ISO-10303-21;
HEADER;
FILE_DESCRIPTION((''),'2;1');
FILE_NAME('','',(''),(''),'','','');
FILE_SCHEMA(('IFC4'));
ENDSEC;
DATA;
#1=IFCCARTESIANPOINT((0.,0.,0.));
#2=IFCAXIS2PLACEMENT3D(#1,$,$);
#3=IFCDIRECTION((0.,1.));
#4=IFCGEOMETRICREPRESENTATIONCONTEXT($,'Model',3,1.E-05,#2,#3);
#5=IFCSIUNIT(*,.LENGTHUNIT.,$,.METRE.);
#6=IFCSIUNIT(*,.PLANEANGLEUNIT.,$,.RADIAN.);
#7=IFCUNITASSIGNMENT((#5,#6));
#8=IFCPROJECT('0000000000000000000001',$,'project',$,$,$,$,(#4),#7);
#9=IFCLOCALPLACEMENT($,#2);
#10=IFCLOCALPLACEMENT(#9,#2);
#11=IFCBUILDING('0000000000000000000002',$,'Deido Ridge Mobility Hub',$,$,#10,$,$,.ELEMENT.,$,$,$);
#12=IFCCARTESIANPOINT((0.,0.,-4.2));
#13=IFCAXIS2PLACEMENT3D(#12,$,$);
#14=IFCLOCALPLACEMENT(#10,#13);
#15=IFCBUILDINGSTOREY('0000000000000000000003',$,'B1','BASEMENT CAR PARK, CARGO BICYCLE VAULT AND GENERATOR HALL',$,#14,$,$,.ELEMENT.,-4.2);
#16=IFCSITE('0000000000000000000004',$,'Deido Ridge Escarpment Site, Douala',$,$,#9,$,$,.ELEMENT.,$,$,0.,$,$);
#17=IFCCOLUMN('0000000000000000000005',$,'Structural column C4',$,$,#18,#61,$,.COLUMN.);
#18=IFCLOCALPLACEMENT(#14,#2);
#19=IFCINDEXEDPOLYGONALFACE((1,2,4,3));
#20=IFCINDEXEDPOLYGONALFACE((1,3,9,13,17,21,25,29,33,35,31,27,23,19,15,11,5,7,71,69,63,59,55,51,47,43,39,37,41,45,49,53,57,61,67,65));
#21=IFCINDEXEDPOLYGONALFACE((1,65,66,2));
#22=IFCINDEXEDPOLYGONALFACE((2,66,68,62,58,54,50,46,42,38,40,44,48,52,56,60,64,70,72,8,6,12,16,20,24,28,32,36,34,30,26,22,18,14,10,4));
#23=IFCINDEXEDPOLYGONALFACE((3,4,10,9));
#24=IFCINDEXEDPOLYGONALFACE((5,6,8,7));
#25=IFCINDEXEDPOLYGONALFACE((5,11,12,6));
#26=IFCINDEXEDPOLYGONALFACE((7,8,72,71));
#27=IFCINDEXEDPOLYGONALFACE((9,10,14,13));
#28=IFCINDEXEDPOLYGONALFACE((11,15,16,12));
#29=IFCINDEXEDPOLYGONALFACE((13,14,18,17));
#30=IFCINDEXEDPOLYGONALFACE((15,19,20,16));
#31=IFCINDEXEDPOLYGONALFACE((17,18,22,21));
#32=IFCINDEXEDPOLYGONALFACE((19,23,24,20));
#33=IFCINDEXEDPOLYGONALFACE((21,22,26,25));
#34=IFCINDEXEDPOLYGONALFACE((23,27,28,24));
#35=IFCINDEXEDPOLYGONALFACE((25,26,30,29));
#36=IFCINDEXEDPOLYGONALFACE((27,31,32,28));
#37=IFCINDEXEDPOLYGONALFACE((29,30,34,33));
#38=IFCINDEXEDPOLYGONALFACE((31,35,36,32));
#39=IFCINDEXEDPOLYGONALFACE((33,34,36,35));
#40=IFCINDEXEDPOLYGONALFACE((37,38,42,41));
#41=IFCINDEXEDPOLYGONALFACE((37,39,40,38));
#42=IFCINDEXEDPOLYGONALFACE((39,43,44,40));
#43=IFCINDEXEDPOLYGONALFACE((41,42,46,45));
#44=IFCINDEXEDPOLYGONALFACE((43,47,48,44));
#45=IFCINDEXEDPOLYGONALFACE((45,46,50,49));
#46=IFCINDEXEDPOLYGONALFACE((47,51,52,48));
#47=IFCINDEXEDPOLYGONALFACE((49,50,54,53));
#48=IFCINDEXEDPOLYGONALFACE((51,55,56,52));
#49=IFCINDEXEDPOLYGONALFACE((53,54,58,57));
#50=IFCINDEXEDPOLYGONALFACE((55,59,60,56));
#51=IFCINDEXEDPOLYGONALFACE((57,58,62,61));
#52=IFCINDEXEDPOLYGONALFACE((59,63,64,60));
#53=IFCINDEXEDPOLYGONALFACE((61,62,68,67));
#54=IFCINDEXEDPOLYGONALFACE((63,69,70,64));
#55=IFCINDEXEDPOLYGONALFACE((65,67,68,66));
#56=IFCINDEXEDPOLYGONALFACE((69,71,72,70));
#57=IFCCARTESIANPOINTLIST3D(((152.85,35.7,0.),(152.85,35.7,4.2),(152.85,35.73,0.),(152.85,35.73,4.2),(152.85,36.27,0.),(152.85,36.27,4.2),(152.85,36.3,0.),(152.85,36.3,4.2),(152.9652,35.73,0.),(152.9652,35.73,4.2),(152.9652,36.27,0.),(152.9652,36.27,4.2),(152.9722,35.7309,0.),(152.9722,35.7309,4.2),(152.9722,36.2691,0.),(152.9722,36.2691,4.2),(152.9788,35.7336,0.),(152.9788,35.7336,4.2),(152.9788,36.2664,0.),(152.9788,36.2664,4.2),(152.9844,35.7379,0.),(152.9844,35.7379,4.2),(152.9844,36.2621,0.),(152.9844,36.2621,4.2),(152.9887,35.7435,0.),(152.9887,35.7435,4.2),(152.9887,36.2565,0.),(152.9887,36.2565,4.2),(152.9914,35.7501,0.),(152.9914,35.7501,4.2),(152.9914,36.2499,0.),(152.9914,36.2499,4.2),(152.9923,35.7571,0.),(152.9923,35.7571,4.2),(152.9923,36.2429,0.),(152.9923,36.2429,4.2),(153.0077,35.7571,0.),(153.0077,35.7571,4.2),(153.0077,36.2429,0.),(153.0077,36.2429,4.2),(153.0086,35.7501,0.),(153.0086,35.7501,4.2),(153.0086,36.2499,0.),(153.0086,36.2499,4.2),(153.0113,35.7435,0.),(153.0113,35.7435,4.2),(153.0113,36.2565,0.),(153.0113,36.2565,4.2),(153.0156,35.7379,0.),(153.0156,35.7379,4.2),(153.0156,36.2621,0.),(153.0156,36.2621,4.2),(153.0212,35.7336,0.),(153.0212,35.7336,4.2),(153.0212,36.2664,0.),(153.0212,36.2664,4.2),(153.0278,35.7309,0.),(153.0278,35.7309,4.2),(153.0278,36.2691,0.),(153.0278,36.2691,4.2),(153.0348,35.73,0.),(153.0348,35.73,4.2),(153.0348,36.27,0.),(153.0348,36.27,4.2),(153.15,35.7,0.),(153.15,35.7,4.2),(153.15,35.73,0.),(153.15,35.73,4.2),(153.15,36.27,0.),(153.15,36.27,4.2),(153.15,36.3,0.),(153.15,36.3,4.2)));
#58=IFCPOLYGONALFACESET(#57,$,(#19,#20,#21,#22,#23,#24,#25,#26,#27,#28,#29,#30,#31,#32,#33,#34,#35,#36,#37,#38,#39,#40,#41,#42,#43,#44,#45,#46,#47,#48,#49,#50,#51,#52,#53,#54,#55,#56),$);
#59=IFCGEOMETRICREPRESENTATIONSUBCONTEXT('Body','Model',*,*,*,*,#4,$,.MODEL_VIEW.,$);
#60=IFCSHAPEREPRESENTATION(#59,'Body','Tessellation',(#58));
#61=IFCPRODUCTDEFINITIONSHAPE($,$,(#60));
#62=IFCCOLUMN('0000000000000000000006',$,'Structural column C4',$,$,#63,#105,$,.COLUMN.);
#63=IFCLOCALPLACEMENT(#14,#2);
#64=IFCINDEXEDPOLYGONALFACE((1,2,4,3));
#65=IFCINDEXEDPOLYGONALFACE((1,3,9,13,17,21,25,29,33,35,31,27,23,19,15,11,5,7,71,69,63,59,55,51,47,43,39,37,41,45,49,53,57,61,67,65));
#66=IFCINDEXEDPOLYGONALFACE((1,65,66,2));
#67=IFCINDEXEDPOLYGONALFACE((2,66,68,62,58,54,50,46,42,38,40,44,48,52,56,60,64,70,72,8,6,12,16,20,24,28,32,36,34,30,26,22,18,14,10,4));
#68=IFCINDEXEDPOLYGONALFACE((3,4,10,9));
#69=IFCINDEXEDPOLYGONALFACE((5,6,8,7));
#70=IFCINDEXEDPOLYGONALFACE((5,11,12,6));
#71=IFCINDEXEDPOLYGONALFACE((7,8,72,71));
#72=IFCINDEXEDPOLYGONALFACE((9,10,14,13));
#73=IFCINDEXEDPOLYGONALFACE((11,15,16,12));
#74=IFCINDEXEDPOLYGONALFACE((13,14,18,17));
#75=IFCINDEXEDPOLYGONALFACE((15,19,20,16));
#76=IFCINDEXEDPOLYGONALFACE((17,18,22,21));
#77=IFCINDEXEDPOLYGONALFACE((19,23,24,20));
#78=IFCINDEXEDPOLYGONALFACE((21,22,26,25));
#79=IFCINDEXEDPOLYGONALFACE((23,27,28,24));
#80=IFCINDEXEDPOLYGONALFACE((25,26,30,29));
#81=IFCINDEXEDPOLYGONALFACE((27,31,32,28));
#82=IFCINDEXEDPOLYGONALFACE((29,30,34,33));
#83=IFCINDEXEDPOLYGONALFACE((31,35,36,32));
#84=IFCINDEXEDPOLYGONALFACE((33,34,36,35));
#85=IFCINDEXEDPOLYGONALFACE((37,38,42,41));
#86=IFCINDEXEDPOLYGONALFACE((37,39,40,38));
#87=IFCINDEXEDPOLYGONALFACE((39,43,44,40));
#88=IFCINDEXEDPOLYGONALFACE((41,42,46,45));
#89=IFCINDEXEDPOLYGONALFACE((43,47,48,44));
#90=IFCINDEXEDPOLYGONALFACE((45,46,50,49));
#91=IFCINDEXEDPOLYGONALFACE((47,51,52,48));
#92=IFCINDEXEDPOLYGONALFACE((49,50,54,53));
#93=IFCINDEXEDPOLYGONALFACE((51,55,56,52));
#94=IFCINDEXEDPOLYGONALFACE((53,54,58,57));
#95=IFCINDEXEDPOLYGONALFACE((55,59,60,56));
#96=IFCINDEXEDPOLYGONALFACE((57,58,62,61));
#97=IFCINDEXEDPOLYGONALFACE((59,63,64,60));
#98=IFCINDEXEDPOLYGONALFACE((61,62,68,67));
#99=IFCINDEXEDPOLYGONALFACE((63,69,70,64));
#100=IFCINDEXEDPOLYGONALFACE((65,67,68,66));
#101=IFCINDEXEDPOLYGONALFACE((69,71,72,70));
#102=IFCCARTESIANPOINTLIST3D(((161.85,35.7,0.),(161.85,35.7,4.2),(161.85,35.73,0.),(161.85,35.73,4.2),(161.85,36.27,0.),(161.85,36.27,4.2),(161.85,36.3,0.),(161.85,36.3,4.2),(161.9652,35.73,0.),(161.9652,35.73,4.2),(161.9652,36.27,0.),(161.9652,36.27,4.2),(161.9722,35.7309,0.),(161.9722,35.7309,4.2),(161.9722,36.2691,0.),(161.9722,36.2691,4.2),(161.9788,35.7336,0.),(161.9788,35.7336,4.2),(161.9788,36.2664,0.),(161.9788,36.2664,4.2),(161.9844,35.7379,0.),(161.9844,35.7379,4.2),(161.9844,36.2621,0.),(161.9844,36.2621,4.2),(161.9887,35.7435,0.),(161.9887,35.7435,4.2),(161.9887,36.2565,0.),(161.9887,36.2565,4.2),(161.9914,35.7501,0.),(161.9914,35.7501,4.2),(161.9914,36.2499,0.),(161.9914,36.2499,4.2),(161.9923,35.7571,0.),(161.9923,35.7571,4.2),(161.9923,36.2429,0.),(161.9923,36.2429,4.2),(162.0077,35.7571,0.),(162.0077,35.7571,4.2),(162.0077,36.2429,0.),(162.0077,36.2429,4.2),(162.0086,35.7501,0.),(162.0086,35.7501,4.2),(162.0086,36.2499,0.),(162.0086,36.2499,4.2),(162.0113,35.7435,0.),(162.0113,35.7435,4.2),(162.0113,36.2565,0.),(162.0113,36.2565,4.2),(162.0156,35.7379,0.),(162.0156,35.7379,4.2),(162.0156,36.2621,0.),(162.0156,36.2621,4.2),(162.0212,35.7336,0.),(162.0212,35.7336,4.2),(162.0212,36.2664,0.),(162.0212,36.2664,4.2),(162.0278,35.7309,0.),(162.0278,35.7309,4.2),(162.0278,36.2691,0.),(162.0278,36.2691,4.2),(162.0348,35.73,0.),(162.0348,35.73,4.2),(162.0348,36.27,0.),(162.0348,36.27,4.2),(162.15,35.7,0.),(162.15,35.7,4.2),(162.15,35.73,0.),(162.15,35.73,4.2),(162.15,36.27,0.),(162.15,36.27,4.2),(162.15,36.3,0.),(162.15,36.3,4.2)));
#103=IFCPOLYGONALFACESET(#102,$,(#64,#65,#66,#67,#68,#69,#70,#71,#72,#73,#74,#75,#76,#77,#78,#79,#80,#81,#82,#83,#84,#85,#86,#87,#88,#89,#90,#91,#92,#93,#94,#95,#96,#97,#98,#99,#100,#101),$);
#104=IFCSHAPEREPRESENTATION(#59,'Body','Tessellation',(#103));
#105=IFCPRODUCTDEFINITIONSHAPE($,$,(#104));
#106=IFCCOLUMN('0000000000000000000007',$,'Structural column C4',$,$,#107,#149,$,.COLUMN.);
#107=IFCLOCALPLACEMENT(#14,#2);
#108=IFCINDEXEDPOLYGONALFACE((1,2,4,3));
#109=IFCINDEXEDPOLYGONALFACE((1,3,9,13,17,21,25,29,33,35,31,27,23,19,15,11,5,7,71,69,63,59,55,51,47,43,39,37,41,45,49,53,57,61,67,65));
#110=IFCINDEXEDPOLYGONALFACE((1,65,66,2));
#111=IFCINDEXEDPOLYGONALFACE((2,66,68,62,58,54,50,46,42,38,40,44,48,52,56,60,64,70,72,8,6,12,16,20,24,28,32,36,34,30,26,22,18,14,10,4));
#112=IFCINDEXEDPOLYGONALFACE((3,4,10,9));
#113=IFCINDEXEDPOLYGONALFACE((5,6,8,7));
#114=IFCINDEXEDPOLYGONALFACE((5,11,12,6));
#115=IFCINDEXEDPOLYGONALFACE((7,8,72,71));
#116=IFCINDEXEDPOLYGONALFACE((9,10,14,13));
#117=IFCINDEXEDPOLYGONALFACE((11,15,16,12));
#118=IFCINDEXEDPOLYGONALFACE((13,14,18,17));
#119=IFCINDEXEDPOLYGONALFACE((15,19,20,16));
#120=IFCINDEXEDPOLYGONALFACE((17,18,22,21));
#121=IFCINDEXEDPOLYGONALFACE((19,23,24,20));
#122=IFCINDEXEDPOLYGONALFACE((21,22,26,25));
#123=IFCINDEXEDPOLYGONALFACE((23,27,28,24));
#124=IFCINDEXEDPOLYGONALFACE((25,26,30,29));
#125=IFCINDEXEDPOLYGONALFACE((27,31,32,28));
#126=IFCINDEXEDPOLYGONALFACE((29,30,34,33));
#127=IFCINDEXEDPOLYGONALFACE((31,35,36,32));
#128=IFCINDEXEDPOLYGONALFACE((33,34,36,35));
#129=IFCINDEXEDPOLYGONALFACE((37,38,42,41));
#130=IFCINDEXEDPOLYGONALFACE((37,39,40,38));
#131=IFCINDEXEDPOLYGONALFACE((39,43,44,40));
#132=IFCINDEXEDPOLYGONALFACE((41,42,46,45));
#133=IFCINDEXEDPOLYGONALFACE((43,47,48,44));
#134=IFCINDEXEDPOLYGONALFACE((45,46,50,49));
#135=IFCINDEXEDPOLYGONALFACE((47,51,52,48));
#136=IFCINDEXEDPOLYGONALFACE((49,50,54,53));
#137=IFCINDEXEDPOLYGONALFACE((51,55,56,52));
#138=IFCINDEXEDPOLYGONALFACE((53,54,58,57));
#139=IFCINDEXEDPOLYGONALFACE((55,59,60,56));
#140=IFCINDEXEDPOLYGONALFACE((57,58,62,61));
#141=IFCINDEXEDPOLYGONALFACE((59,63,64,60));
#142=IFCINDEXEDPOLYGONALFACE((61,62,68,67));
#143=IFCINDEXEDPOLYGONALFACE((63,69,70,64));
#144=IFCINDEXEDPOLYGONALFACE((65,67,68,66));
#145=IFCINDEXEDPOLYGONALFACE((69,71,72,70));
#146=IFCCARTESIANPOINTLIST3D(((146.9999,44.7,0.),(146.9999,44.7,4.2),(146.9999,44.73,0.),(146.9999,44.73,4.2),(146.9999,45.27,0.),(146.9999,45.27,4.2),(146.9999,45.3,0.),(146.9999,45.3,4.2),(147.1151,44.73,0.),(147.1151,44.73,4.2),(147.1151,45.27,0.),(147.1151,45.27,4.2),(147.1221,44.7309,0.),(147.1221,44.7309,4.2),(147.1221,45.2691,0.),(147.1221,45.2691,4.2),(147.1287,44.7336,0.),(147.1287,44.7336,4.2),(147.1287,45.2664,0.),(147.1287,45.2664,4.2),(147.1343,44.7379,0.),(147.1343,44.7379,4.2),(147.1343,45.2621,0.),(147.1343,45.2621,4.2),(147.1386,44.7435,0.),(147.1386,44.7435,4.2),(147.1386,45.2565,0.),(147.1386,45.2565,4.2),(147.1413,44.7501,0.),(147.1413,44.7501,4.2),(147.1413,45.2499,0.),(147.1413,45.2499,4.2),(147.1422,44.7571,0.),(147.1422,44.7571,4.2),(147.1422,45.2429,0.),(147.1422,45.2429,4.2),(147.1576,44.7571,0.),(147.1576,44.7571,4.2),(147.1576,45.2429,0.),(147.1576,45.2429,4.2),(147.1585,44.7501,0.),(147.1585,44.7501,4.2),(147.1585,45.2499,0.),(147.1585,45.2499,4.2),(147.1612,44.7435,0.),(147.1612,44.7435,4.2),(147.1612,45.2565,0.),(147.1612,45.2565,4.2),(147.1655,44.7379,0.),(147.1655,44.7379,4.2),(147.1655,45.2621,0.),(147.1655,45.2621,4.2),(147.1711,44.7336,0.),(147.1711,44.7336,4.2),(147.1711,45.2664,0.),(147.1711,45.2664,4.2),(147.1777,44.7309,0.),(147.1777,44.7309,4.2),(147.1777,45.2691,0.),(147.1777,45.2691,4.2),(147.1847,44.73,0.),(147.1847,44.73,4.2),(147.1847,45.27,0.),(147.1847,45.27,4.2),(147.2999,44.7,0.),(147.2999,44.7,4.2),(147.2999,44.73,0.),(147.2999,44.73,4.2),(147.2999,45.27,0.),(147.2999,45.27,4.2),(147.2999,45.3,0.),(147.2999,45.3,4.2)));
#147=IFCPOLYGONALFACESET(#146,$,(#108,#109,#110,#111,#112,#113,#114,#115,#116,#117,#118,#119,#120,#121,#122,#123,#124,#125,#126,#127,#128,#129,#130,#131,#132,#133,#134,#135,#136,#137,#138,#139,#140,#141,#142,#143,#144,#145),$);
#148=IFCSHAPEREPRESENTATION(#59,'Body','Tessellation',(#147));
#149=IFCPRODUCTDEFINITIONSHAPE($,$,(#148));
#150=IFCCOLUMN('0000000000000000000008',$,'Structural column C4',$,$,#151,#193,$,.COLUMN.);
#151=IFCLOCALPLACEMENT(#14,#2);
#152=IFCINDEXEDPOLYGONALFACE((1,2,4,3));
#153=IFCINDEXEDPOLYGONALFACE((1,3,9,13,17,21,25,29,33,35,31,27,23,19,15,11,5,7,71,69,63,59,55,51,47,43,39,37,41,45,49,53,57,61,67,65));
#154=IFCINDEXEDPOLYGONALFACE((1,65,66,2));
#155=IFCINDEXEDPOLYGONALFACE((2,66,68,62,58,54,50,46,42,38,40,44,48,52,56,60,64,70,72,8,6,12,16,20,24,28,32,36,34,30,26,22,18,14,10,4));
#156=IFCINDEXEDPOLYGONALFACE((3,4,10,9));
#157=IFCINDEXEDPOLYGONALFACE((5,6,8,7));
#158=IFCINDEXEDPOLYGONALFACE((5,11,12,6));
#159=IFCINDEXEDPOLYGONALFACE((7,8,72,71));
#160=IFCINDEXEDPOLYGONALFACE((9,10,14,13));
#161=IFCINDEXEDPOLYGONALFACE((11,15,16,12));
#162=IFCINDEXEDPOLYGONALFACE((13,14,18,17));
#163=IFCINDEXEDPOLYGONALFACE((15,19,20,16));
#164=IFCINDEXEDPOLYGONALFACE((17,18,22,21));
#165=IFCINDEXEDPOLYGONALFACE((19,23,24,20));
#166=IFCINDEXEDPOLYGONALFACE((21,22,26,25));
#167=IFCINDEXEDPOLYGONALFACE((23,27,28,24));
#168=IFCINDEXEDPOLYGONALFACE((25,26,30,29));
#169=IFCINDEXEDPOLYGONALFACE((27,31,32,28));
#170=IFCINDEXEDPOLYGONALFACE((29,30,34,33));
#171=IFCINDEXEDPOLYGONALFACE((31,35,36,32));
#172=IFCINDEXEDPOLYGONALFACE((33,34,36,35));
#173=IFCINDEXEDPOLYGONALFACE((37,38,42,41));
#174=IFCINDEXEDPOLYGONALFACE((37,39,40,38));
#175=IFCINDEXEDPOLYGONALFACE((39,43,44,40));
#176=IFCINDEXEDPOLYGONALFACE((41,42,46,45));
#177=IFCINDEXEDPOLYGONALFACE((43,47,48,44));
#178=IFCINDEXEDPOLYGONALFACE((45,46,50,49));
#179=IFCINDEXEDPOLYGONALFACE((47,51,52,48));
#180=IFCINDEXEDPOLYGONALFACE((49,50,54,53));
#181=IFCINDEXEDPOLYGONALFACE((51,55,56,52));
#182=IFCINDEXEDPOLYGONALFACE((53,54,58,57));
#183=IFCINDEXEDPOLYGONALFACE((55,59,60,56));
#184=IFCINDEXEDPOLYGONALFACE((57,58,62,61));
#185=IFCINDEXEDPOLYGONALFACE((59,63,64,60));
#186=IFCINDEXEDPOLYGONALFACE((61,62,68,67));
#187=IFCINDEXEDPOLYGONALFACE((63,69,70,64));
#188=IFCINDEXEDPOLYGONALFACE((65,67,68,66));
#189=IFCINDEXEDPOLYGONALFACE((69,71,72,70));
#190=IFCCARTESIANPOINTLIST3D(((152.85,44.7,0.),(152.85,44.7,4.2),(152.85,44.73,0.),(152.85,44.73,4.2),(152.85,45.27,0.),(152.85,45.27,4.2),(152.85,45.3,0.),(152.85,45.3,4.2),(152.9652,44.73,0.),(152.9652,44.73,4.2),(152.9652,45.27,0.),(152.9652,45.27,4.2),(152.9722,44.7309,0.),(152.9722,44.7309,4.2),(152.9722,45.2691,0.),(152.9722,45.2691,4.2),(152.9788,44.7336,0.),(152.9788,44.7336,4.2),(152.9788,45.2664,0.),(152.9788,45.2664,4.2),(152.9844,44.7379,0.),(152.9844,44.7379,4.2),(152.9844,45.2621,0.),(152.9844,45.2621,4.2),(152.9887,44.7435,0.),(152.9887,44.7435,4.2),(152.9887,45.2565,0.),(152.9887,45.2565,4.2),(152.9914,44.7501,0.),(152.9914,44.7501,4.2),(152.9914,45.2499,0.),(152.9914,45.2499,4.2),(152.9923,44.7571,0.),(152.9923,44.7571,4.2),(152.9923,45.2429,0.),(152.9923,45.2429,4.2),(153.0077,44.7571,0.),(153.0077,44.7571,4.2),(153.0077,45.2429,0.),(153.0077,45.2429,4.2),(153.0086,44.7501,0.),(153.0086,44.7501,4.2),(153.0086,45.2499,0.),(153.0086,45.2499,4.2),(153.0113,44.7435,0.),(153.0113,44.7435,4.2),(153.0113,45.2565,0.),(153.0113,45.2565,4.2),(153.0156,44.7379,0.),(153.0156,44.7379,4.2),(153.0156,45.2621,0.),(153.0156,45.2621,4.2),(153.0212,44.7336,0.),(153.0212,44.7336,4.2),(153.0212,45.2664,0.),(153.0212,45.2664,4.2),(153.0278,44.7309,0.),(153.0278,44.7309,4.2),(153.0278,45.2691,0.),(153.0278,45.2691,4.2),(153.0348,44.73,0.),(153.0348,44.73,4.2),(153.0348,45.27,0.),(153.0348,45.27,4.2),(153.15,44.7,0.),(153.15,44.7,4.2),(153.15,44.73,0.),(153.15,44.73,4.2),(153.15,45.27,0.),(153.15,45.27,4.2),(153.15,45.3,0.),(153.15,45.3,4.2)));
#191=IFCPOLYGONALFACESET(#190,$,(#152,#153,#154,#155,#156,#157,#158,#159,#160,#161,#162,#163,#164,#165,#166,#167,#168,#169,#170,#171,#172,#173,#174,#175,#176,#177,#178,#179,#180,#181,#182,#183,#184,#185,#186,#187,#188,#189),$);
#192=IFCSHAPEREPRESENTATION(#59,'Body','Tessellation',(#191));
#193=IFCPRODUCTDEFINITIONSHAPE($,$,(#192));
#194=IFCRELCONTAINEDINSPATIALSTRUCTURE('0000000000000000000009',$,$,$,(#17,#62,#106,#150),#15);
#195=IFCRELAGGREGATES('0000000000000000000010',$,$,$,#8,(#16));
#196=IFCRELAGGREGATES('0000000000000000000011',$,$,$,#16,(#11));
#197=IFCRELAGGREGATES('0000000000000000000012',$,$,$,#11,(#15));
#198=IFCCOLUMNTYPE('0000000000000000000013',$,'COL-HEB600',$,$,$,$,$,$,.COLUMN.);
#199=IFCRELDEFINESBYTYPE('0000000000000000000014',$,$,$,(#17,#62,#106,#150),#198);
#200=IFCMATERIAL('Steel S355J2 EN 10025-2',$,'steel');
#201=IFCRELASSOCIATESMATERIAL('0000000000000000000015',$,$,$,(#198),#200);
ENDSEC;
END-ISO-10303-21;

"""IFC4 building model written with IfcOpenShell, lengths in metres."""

from ifc_helpers import new_model, si_unit, direction, frame, origin, origin_2d, place, context, subcontext, project, spatial, i_section, extrude, material, material_profile, profile_set, type_object, element, save


model = new_model("IFC4")

# Units and contexts
model_context = context("Model", 3, precision=1e-05, world=origin(), true_north=direction((0.0, 1.0)))
body_context = subcontext(model_context, "Body", "Model", "MODEL_VIEW")
ifc_project = project(units=[si_unit("LENGTHUNIT", "METRE"), si_unit("PLANEANGLEUNIT", "RADIAN")], contexts=[model_context])

# Site, building, storey
site_placement = place(None, origin())
site = spatial("IfcSite", under=ifc_project, at=site_placement, Name="Deido Ridge Escarpment Site, Douala", CompositionType="ELEMENT", RefElevation=0.0)
building_placement = place(site_placement, origin())
building = spatial("IfcBuilding", under=site, at=building_placement, Name="Deido Ridge Mobility Hub", CompositionType="ELEMENT")
storey_placement = place(building_placement, frame((0.0, 0.0, -4.2)))
storey = spatial("IfcBuildingStorey", under=building, at=storey_placement, Name="B1", Description="BASEMENT CAR PARK, CARGO BICYCLE VAULT AND GENERATOR HALL", CompositionType="ELEMENT", Elevation=-4.2)

# Columns
ifc_material_1 = material(Name="Steel S355J2 EN 10025-2", Category="steel")
ifc_material_profile_1 = material_profile(ifc_material_1, i_section(OverallWidth=0.3, OverallDepth=0.6001, WebThickness=0.0154, FlangeThickness=0.03, FilletRadius=0.0271, at=origin_2d()), Name="HEB 600")
ifc_profile_set_1 = profile_set([ifc_material_profile_1], Name="Steel S355J2 EN 10025-2")
column_type = type_object("IfcColumnType", Name="COL-HEB600", PredefinedType="COLUMN", material=ifc_profile_set_1)
for number, where, z_axis, x_axis, name in (
    (1, (153.0, 36.0, 0.0), (0.0, 0.0, 1.0), (1.0, 0.0, 0.0), "Structural column C4"),
    (2, (162.0, 36.0, 0.0), (0.0, 0.0, 1.0), (1.0, 0.0, 0.0), "Structural column C4"),
    (3, (147.1499, 45.0, 0.0), (0.0, 0.0, 1.0), (1.0, 0.0, 0.0), "Structural column C4"),
    (4, (153.0, 45.0, 0.0), (0.0, 0.0, 1.0), (1.0, 0.0, 0.0), "Structural column C4"),
):
    element("IfcColumn", number, at=place(storey_placement, frame(where, z_axis=z_axis, x_axis=x_axis)), inside=storey, type_object=column_type, Name=name, PredefinedType="COLUMN", context=body_context, shape_type="SweptSolid", body=[
        extrude(i_section(OverallWidth=0.3, OverallDepth=0.6001, WebThickness=0.0154, FlangeThickness=0.03, FilletRadius=0.0271, at=origin_2d()), origin(), (0.0, 0.0, 1.0), 4.2),
    ])

save(model, "model.ifc")
